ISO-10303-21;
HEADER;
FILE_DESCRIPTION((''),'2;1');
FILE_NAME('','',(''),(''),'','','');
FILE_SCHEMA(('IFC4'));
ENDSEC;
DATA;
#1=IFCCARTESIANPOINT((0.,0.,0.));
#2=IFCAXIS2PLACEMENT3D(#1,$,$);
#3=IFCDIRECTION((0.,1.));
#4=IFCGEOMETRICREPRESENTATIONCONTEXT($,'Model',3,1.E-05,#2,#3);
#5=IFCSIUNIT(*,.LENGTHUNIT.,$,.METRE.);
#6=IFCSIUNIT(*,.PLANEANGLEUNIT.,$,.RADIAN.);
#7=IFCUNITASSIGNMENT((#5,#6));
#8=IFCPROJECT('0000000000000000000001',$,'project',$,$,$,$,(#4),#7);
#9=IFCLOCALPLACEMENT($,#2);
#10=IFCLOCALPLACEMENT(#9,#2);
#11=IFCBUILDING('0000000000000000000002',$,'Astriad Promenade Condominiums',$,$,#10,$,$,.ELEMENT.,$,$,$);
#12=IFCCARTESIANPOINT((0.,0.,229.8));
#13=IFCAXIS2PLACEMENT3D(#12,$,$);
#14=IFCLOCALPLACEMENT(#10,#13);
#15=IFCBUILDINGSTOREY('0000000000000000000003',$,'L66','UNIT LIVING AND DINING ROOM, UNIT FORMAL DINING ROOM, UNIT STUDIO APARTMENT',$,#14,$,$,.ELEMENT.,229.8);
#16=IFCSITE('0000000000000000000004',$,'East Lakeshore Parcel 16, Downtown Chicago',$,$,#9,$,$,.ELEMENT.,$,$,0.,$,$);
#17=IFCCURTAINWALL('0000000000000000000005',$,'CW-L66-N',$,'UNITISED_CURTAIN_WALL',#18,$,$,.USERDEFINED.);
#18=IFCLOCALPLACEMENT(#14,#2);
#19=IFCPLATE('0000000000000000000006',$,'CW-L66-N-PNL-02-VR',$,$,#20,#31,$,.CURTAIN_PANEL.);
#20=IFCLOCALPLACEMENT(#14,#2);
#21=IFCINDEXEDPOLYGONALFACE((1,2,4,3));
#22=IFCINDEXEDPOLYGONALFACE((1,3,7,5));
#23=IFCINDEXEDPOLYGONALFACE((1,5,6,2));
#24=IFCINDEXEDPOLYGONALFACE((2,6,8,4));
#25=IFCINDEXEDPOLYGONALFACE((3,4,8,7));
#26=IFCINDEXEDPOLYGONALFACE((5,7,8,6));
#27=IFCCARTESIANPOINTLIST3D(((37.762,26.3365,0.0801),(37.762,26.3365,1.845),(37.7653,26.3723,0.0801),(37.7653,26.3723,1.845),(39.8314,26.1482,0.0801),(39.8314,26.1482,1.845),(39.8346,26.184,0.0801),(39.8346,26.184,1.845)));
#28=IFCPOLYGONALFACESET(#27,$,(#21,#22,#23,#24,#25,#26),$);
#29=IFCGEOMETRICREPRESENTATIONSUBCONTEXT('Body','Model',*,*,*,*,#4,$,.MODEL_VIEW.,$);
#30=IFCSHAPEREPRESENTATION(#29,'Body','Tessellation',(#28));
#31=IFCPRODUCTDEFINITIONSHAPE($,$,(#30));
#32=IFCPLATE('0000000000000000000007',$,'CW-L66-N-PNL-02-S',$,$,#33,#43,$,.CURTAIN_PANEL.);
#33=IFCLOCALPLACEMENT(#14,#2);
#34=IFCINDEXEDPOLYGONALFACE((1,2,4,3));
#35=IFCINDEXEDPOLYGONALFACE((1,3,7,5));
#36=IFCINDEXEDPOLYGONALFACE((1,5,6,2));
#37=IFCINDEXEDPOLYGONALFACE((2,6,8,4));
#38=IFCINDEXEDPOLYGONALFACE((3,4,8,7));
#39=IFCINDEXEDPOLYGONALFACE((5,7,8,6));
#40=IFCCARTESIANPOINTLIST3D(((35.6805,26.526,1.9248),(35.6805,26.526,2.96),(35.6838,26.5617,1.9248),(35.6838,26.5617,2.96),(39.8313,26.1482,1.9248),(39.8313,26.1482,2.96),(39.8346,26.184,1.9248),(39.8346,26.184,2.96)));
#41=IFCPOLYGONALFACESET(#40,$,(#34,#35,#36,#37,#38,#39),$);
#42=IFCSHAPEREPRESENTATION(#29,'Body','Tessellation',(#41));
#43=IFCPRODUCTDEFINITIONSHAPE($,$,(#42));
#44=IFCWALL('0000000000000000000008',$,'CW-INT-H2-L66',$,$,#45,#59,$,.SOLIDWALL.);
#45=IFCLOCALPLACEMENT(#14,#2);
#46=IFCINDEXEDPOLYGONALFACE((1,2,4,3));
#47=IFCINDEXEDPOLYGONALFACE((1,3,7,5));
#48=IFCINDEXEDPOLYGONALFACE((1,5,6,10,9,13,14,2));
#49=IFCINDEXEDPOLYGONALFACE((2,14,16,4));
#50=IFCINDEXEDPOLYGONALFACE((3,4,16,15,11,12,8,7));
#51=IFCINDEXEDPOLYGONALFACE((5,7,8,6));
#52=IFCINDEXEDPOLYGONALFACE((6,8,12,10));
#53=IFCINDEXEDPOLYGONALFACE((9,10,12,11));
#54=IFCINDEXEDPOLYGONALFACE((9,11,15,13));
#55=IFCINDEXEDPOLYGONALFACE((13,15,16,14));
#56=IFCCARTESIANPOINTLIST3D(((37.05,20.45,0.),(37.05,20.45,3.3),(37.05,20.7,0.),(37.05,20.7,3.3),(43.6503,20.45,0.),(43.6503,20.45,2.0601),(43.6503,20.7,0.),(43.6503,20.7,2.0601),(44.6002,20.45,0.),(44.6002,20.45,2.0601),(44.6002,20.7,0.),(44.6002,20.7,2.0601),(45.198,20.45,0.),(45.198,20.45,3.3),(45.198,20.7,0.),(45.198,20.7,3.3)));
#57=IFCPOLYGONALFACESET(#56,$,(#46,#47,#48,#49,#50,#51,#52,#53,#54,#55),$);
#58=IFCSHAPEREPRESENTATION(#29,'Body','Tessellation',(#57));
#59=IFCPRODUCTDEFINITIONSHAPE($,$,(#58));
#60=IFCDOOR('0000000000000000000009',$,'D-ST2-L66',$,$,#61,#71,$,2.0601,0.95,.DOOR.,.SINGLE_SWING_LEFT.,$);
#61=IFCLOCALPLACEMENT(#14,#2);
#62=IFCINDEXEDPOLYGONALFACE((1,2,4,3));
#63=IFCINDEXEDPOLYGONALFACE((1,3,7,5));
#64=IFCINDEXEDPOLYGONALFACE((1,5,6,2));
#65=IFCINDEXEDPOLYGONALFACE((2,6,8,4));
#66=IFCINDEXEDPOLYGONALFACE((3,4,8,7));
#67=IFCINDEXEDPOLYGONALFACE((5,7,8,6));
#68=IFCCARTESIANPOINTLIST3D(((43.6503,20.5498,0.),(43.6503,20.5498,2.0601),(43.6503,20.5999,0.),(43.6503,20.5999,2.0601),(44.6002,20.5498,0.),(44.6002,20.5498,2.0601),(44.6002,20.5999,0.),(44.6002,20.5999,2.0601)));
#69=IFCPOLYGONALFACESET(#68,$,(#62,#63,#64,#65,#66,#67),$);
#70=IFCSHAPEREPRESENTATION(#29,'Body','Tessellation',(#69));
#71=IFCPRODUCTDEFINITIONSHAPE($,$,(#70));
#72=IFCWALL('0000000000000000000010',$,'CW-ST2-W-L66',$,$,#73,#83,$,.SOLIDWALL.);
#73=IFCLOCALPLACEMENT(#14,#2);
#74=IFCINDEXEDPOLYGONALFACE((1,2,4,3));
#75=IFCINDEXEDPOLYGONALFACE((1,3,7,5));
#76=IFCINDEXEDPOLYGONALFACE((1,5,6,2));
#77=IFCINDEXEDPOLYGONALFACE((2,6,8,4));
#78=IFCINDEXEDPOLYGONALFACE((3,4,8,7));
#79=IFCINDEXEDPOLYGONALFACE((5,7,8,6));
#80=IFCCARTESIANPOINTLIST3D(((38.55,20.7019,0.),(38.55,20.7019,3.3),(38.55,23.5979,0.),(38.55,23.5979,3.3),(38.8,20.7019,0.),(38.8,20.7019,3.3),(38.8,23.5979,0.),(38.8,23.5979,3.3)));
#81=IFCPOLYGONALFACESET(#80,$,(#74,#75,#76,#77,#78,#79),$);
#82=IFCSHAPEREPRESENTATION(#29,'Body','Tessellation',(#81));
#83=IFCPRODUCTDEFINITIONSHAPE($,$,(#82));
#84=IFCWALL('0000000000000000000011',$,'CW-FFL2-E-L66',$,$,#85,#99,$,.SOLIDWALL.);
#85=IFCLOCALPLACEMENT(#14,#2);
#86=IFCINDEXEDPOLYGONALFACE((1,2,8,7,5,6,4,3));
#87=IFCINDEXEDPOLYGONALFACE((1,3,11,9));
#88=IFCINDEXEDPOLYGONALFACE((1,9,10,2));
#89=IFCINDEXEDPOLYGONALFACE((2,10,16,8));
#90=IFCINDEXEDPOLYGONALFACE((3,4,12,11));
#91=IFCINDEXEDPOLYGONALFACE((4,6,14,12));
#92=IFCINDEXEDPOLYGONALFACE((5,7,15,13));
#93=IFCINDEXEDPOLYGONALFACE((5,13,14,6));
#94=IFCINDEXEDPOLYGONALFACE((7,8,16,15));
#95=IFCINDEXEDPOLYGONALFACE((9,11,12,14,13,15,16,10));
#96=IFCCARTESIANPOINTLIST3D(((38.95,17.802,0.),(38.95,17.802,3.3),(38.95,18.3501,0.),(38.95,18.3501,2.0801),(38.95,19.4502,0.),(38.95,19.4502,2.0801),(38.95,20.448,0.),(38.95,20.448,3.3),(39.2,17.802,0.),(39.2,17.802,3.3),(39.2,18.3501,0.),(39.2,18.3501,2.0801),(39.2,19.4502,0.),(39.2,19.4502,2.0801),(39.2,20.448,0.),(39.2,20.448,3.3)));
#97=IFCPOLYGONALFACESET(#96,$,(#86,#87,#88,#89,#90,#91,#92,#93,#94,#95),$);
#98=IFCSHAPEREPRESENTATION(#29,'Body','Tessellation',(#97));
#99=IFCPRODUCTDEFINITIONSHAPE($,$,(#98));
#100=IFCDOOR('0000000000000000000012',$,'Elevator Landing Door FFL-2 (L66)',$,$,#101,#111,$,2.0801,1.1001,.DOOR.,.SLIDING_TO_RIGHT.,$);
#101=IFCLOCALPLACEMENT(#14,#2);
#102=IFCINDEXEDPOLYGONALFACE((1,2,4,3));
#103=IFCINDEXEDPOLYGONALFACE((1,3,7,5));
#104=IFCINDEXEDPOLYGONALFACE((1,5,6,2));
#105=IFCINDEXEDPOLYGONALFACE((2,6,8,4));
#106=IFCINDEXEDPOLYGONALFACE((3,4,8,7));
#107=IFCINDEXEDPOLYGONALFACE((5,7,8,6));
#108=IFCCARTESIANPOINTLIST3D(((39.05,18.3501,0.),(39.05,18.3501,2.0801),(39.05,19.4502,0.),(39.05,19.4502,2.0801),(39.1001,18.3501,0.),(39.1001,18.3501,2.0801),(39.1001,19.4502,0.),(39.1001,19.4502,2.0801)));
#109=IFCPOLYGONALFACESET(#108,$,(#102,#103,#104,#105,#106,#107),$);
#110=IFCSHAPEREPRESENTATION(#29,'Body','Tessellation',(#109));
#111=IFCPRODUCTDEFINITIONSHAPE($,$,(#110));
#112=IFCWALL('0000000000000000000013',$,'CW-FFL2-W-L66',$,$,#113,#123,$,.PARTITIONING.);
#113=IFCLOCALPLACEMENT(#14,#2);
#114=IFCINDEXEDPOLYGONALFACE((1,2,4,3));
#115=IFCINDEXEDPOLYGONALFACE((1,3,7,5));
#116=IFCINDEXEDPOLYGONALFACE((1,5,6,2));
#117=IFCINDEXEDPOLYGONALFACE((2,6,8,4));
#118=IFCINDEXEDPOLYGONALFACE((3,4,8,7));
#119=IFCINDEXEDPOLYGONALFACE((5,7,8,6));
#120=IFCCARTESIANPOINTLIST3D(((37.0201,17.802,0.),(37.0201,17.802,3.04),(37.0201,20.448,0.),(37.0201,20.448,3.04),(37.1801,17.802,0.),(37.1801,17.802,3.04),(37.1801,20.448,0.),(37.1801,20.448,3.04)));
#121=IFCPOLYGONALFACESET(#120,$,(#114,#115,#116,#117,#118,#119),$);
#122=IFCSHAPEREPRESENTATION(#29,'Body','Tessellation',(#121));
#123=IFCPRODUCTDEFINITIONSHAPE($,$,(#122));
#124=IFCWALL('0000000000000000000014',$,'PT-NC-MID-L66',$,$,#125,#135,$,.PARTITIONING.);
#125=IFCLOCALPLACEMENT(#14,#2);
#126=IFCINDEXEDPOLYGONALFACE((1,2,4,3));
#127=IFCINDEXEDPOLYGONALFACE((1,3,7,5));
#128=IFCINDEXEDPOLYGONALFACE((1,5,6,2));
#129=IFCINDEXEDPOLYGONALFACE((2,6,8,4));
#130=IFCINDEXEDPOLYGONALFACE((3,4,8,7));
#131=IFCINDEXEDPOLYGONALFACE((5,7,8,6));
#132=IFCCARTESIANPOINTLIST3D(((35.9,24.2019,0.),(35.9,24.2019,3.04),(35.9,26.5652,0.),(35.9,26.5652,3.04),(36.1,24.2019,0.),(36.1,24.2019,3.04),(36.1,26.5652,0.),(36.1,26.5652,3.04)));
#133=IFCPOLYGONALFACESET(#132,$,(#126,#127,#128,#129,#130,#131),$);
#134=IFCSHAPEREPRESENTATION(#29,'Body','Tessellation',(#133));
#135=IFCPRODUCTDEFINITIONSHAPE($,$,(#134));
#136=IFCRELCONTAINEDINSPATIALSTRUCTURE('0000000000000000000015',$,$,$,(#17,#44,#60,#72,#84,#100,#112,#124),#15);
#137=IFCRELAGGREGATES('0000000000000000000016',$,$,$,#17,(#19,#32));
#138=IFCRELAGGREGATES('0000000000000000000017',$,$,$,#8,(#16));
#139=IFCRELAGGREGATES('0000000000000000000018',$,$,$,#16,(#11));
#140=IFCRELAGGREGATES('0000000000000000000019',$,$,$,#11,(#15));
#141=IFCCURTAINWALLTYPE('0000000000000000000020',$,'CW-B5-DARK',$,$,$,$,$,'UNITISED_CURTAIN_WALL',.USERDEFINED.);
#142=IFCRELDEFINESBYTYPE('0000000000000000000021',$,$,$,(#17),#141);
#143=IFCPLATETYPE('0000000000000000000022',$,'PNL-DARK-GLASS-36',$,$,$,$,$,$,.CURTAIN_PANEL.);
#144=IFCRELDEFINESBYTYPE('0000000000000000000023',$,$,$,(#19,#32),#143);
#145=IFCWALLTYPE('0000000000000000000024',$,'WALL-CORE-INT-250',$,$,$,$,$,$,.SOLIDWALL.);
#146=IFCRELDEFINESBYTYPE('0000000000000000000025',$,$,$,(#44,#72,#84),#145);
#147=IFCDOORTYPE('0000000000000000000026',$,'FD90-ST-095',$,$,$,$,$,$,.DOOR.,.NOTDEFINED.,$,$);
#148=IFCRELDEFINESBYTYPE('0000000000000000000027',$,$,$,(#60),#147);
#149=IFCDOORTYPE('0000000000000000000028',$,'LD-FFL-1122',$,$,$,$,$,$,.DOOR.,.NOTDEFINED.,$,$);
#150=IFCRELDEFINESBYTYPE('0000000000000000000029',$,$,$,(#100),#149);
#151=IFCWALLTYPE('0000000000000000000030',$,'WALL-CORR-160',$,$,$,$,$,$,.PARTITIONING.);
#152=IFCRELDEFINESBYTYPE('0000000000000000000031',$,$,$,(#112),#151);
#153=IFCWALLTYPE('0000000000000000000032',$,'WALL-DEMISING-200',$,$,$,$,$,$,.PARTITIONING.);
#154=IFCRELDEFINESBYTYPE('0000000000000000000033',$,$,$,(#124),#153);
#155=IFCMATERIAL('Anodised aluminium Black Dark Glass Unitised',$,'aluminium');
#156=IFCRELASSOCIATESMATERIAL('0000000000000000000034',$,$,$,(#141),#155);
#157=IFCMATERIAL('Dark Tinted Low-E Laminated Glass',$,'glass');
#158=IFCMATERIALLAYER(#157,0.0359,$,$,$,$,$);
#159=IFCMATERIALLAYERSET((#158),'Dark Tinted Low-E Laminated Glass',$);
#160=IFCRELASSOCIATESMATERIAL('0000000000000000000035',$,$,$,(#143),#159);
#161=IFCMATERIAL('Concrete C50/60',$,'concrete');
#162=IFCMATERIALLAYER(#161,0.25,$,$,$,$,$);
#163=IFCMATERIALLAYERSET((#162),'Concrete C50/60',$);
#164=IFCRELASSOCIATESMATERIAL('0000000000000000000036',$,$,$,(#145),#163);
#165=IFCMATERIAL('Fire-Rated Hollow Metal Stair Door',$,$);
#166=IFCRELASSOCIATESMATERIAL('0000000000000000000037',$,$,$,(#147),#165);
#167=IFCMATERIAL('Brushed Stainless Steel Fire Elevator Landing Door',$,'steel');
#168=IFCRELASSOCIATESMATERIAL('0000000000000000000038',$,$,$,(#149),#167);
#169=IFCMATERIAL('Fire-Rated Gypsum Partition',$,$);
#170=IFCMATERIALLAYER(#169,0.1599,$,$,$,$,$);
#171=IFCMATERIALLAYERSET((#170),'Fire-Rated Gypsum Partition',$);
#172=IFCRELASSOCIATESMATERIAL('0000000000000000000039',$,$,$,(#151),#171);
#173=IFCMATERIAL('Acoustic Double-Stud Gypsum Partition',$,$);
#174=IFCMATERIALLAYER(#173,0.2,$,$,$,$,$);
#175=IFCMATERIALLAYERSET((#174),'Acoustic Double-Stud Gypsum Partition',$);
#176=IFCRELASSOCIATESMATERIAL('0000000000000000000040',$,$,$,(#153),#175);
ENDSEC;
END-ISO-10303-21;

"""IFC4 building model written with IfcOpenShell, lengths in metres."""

from ifc_helpers import new_model, si_unit, direction, frame, frame_2d, origin, origin_2d, place, context, subcontext, project, spatial, rectangle, extrude, source, transform, mapped, material, layer, layer_set, type_object, type_shapes, element, fill, aggregate, save


model = new_model("IFC4")

# Units and contexts
model_context = context("Model", 3, precision=1e-05, world=origin(), true_north=direction((0.0, 1.0)))
body_context = subcontext(model_context, "Body", "Model", "MODEL_VIEW")
ifc_project = project(units=[si_unit("LENGTHUNIT", "METRE"), si_unit("PLANEANGLEUNIT", "RADIAN")], contexts=[model_context])

# Site, building, storey
site_placement = place(None, origin())
site = spatial("IfcSite", under=ifc_project, at=site_placement, Name="East Lakeshore Parcel 16, Downtown Chicago", CompositionType="ELEMENT", RefElevation=0.0)
building_placement = place(site_placement, origin())
building = spatial("IfcBuilding", under=site, at=building_placement, Name="Astriad Promenade Condominiums", CompositionType="ELEMENT")
storey_placement = place(building_placement, frame((0.0, 0.0, 229.8)))
storey = spatial("IfcBuildingStorey", under=building, at=storey_placement, Name="L66", Description="UNIT LIVING AND DINING ROOM, UNIT FORMAL DINING ROOM, UNIT STUDIO APARTMENT", CompositionType="ELEMENT", Elevation=229.8)

# Curtain wall, plates
ifc_material_1 = material(Name="Anodised aluminium Black Dark Glass Unitised", Category="aluminium")
curtain_wall_type = type_object("IfcCurtainWallType", Name="CW-B5-DARK", ElementType="UNITISED_CURTAIN_WALL", PredefinedType="USERDEFINED", material=ifc_material_1)
curtain_wall_placement = place(storey_placement, origin())
curtain_wall = element("IfcCurtainWall", 1, at=curtain_wall_placement, inside=storey, type_object=curtain_wall_type, Name="CW-L66-N", ObjectType="UNITISED_CURTAIN_WALL", PredefinedType="USERDEFINED")
ifc_material_2 = material(Name="Dark Tinted Low-E Laminated Glass", Category="glass")
ifc_layer_1 = layer(ifc_material_2, 0.0359)
ifc_layer_set_1 = layer_set([ifc_layer_1], Name="Dark Tinted Low-E Laminated Glass")
plate_type = type_object("IfcPlateType", Name="PNL-DARK-GLASS-36", PredefinedType="CURTAIN_PANEL", material=ifc_layer_set_1)
shared_shape_1 = source(origin(), body_context, "Body", "SweptSolid", [
    extrude(rectangle(XDim=2.0779, YDim=0.0359, at=origin_2d()), origin(), (0.0, 0.0, 1.0), 1.7649),
])
plate_1_placement = place(storey_placement, frame((38.7983, 26.2603, 0.0801), z_axis=(0.0, 0.0, 1.0), x_axis=(0.995884, -0.090633, 0.0)))
plate_1 = element("IfcPlate", 2, at=plate_1_placement, type_object=plate_type, Name="CW-L66-N-PNL-02-VR", PredefinedType="CURTAIN_PANEL", context=body_context, shape_type="MappedRepresentation", body=[
    mapped(shared_shape_1, transform((0.0, 0.0, 0.0), scale=1.0)),
])
shared_shape_2 = source(origin(), body_context, "Body", "SweptSolid", [
    extrude(rectangle(XDim=4.168, YDim=0.0359, at=origin_2d()), origin(), (0.0, 0.0, 1.0), 1.0352),
])
type_shapes(plate_type, [shared_shape_1, shared_shape_2])
plate_2_placement = place(storey_placement, frame((37.7576, 26.355, 1.9248), z_axis=(0.0, 0.0, 1.0), x_axis=(0.995884, -0.090633, 0.0)))
plate_2 = element("IfcPlate", 3, at=plate_2_placement, type_object=plate_type, Name="CW-L66-N-PNL-02-S", PredefinedType="CURTAIN_PANEL", context=body_context, shape_type="MappedRepresentation", body=[
    mapped(shared_shape_2, transform((0.0, 0.0, 0.0), scale=1.0)),
])
aggregate(curtain_wall, [plate_1, plate_2])

# Wall, opening, door
ifc_material_3 = material(Name="Concrete C50/60", Category="concrete")
ifc_layer_2 = layer(ifc_material_3, 0.25)
ifc_layer_set_2 = layer_set([ifc_layer_2], Name="Concrete C50/60")
wall_type_1 = type_object("IfcWallType", Name="WALL-CORE-INT-250", PredefinedType="SOLIDWALL", material=ifc_layer_set_2)
wall_1_placement = place(storey_placement, frame((37.05, 20.575, 0.0), z_axis=(0.0, 0.0, 1.0), x_axis=(1.0, 0.0, 0.0)))
wall_1 = element("IfcWall", 4, at=wall_1_placement, inside=storey, type_object=wall_type_1, Name="CW-INT-H2-L66", PredefinedType="SOLIDWALL", context=body_context, shape_type="SweptSolid", body=[
    extrude(rectangle(XDim=8.1479, YDim=0.25, at=frame_2d((4.074, 0.0))), origin(), (0.0, 0.0, 1.0), 3.3),
])
opening_1_placement = place(wall_1_placement, frame((6.6001, 0.0, 0.0)))
opening_1 = element("IfcOpeningElement", 5, at=opening_1_placement, cuts=wall_1, PredefinedType="OPENING", context=body_context, shape_type="SweptSolid", body=[
    extrude(rectangle(XDim=0.95, YDim=2.0601, at=frame_2d((0.4751, 1.03))), frame((0.0, 0.135, 0.0), z_axis=(0.0, -1.0, 0.0), x_axis=(1.0, 0.0, 0.0)), (0.0, 0.0, 1.0), 0.27),
])
ifc_material_4 = material(Name="Fire-Rated Hollow Metal Stair Door")
door_type_1 = type_object("IfcDoorType", Name="FD90-ST-095", OperationType="NOTDEFINED", PredefinedType="DOOR", material=ifc_material_4)
shared_shape_3 = source(origin(), body_context, "Body", "SweptSolid", [
    extrude(rectangle(XDim=0.95, YDim=2.0601, at=frame_2d((0.4751, 1.03))), frame((0.0, 0.0249, 0.0), z_axis=(0.0, -1.0, 0.0), x_axis=(1.0, 0.0, 0.0)), (0.0, 0.0, 1.0), 0.05),
])
type_shapes(door_type_1, [shared_shape_3])
door_1_placement = place(opening_1_placement, origin())
door_1 = element("IfcDoor", 6, at=door_1_placement, inside=storey, type_object=door_type_1, Name="D-ST2-L66", OperationType="SINGLE_SWING_LEFT", OverallHeight=2.0601, OverallWidth=0.95, PredefinedType="DOOR", context=body_context, shape_type="MappedRepresentation", body=[
    mapped(shared_shape_3, transform((0.0, 0.0, 0.0), scale=1.0)),
])
fill(opening_1, door_1)

# Wall
wall_2_placement = place(storey_placement, frame((38.675, 20.7019, 0.0), z_axis=(0.0, 0.0, 1.0), x_axis=(0.0, 1.0, 0.0)))
element("IfcWall", 7, at=wall_2_placement, inside=storey, type_object=wall_type_1, Name="CW-ST2-W-L66", PredefinedType="SOLIDWALL", context=body_context, shape_type="SweptSolid", body=[
    extrude(rectangle(XDim=2.896, YDim=0.25, at=frame_2d((1.448, 0.0))), origin(), (0.0, 0.0, 1.0), 3.3),
])

# Wall, opening, door
wall_3_placement = place(storey_placement, frame((39.075, 17.802, 0.0), z_axis=(0.0, 0.0, 1.0), x_axis=(0.0, 1.0, 0.0)))
wall_3 = element("IfcWall", 8, at=wall_3_placement, inside=storey, type_object=wall_type_1, Name="CW-FFL2-E-L66", PredefinedType="SOLIDWALL", context=body_context, shape_type="SweptSolid", body=[
    extrude(rectangle(XDim=2.646, YDim=0.25, at=frame_2d((1.323, 0.0))), origin(), (0.0, 0.0, 1.0), 3.3),
])
opening_2_placement = place(wall_3_placement, frame((0.5481, 0.0, 0.0)))
opening_2 = element("IfcOpeningElement", 9, at=opening_2_placement, cuts=wall_3, PredefinedType="OPENING", context=body_context, shape_type="SweptSolid", body=[
    extrude(rectangle(XDim=1.1001, YDim=2.0801, at=frame_2d((0.55, 1.04))), frame((0.0, 0.135, 0.0), z_axis=(0.0, -1.0, 0.0), x_axis=(1.0, 0.0, 0.0)), (0.0, 0.0, 1.0), 0.27),
])
ifc_material_5 = material(Name="Brushed Stainless Steel Fire Elevator Landing Door", Category="steel")
door_type_2 = type_object("IfcDoorType", Name="LD-FFL-1122", OperationType="NOTDEFINED", PredefinedType="DOOR", material=ifc_material_5)
shared_shape_4 = source(origin(), body_context, "Body", "SweptSolid", [
    extrude(rectangle(XDim=1.1001, YDim=2.0801, at=frame_2d((0.55, 1.04))), frame((0.0, 0.0249, 0.0), z_axis=(0.0, -1.0, 0.0), x_axis=(1.0, 0.0, 0.0)), (0.0, 0.0, 1.0), 0.05),
])
type_shapes(door_type_2, [shared_shape_4])
door_2_placement = place(opening_2_placement, origin())
door_2 = element("IfcDoor", 10, at=door_2_placement, inside=storey, type_object=door_type_2, Name="Elevator Landing Door FFL-2 (L66)", OperationType="SLIDING_TO_RIGHT", OverallHeight=2.0801, OverallWidth=1.1001, PredefinedType="DOOR", context=body_context, shape_type="MappedRepresentation", body=[
    mapped(shared_shape_4, transform((0.0, 0.0, 0.0), scale=1.0)),
])
fill(opening_2, door_2)

# Walls
ifc_material_6 = material(Name="Fire-Rated Gypsum Partition")
ifc_layer_3 = layer(ifc_material_6, 0.1599)
ifc_layer_set_3 = layer_set([ifc_layer_3], Name="Fire-Rated Gypsum Partition")
wall_type_2 = type_object("IfcWallType", Name="WALL-CORR-160", PredefinedType="PARTITIONING", material=ifc_layer_set_3)
wall_4_placement = place(storey_placement, frame((37.1001, 17.802, 0.0), z_axis=(0.0, 0.0, 1.0), x_axis=(0.0, 1.0, 0.0)))
element("IfcWall", 11, at=wall_4_placement, inside=storey, type_object=wall_type_2, Name="CW-FFL2-W-L66", PredefinedType="PARTITIONING", context=body_context, shape_type="SweptSolid", body=[
    extrude(rectangle(XDim=2.646, YDim=0.1599, at=frame_2d((1.323, 0.0))), origin(), (0.0, 0.0, 1.0), 3.04),
])
ifc_material_7 = material(Name="Acoustic Double-Stud Gypsum Partition")
ifc_layer_4 = layer(ifc_material_7, 0.2)
ifc_layer_set_4 = layer_set([ifc_layer_4], Name="Acoustic Double-Stud Gypsum Partition")
wall_type_3 = type_object("IfcWallType", Name="WALL-DEMISING-200", PredefinedType="PARTITIONING", material=ifc_layer_set_4)
wall_5_placement = place(storey_placement, frame((36.0, 24.2019, 0.0), z_axis=(0.0, 0.0, 1.0), x_axis=(0.0, 1.0, 0.0)))
element("IfcWall", 12, at=wall_5_placement, inside=storey, type_object=wall_type_3, Name="PT-NC-MID-L66", PredefinedType="PARTITIONING", context=body_context, shape_type="SweptSolid", body=[
    extrude(rectangle(XDim=2.3633, YDim=0.2, at=frame_2d((1.1816, 0.0))), origin(), (0.0, 0.0, 1.0), 3.04),
])

save(model, "model.ifc")
